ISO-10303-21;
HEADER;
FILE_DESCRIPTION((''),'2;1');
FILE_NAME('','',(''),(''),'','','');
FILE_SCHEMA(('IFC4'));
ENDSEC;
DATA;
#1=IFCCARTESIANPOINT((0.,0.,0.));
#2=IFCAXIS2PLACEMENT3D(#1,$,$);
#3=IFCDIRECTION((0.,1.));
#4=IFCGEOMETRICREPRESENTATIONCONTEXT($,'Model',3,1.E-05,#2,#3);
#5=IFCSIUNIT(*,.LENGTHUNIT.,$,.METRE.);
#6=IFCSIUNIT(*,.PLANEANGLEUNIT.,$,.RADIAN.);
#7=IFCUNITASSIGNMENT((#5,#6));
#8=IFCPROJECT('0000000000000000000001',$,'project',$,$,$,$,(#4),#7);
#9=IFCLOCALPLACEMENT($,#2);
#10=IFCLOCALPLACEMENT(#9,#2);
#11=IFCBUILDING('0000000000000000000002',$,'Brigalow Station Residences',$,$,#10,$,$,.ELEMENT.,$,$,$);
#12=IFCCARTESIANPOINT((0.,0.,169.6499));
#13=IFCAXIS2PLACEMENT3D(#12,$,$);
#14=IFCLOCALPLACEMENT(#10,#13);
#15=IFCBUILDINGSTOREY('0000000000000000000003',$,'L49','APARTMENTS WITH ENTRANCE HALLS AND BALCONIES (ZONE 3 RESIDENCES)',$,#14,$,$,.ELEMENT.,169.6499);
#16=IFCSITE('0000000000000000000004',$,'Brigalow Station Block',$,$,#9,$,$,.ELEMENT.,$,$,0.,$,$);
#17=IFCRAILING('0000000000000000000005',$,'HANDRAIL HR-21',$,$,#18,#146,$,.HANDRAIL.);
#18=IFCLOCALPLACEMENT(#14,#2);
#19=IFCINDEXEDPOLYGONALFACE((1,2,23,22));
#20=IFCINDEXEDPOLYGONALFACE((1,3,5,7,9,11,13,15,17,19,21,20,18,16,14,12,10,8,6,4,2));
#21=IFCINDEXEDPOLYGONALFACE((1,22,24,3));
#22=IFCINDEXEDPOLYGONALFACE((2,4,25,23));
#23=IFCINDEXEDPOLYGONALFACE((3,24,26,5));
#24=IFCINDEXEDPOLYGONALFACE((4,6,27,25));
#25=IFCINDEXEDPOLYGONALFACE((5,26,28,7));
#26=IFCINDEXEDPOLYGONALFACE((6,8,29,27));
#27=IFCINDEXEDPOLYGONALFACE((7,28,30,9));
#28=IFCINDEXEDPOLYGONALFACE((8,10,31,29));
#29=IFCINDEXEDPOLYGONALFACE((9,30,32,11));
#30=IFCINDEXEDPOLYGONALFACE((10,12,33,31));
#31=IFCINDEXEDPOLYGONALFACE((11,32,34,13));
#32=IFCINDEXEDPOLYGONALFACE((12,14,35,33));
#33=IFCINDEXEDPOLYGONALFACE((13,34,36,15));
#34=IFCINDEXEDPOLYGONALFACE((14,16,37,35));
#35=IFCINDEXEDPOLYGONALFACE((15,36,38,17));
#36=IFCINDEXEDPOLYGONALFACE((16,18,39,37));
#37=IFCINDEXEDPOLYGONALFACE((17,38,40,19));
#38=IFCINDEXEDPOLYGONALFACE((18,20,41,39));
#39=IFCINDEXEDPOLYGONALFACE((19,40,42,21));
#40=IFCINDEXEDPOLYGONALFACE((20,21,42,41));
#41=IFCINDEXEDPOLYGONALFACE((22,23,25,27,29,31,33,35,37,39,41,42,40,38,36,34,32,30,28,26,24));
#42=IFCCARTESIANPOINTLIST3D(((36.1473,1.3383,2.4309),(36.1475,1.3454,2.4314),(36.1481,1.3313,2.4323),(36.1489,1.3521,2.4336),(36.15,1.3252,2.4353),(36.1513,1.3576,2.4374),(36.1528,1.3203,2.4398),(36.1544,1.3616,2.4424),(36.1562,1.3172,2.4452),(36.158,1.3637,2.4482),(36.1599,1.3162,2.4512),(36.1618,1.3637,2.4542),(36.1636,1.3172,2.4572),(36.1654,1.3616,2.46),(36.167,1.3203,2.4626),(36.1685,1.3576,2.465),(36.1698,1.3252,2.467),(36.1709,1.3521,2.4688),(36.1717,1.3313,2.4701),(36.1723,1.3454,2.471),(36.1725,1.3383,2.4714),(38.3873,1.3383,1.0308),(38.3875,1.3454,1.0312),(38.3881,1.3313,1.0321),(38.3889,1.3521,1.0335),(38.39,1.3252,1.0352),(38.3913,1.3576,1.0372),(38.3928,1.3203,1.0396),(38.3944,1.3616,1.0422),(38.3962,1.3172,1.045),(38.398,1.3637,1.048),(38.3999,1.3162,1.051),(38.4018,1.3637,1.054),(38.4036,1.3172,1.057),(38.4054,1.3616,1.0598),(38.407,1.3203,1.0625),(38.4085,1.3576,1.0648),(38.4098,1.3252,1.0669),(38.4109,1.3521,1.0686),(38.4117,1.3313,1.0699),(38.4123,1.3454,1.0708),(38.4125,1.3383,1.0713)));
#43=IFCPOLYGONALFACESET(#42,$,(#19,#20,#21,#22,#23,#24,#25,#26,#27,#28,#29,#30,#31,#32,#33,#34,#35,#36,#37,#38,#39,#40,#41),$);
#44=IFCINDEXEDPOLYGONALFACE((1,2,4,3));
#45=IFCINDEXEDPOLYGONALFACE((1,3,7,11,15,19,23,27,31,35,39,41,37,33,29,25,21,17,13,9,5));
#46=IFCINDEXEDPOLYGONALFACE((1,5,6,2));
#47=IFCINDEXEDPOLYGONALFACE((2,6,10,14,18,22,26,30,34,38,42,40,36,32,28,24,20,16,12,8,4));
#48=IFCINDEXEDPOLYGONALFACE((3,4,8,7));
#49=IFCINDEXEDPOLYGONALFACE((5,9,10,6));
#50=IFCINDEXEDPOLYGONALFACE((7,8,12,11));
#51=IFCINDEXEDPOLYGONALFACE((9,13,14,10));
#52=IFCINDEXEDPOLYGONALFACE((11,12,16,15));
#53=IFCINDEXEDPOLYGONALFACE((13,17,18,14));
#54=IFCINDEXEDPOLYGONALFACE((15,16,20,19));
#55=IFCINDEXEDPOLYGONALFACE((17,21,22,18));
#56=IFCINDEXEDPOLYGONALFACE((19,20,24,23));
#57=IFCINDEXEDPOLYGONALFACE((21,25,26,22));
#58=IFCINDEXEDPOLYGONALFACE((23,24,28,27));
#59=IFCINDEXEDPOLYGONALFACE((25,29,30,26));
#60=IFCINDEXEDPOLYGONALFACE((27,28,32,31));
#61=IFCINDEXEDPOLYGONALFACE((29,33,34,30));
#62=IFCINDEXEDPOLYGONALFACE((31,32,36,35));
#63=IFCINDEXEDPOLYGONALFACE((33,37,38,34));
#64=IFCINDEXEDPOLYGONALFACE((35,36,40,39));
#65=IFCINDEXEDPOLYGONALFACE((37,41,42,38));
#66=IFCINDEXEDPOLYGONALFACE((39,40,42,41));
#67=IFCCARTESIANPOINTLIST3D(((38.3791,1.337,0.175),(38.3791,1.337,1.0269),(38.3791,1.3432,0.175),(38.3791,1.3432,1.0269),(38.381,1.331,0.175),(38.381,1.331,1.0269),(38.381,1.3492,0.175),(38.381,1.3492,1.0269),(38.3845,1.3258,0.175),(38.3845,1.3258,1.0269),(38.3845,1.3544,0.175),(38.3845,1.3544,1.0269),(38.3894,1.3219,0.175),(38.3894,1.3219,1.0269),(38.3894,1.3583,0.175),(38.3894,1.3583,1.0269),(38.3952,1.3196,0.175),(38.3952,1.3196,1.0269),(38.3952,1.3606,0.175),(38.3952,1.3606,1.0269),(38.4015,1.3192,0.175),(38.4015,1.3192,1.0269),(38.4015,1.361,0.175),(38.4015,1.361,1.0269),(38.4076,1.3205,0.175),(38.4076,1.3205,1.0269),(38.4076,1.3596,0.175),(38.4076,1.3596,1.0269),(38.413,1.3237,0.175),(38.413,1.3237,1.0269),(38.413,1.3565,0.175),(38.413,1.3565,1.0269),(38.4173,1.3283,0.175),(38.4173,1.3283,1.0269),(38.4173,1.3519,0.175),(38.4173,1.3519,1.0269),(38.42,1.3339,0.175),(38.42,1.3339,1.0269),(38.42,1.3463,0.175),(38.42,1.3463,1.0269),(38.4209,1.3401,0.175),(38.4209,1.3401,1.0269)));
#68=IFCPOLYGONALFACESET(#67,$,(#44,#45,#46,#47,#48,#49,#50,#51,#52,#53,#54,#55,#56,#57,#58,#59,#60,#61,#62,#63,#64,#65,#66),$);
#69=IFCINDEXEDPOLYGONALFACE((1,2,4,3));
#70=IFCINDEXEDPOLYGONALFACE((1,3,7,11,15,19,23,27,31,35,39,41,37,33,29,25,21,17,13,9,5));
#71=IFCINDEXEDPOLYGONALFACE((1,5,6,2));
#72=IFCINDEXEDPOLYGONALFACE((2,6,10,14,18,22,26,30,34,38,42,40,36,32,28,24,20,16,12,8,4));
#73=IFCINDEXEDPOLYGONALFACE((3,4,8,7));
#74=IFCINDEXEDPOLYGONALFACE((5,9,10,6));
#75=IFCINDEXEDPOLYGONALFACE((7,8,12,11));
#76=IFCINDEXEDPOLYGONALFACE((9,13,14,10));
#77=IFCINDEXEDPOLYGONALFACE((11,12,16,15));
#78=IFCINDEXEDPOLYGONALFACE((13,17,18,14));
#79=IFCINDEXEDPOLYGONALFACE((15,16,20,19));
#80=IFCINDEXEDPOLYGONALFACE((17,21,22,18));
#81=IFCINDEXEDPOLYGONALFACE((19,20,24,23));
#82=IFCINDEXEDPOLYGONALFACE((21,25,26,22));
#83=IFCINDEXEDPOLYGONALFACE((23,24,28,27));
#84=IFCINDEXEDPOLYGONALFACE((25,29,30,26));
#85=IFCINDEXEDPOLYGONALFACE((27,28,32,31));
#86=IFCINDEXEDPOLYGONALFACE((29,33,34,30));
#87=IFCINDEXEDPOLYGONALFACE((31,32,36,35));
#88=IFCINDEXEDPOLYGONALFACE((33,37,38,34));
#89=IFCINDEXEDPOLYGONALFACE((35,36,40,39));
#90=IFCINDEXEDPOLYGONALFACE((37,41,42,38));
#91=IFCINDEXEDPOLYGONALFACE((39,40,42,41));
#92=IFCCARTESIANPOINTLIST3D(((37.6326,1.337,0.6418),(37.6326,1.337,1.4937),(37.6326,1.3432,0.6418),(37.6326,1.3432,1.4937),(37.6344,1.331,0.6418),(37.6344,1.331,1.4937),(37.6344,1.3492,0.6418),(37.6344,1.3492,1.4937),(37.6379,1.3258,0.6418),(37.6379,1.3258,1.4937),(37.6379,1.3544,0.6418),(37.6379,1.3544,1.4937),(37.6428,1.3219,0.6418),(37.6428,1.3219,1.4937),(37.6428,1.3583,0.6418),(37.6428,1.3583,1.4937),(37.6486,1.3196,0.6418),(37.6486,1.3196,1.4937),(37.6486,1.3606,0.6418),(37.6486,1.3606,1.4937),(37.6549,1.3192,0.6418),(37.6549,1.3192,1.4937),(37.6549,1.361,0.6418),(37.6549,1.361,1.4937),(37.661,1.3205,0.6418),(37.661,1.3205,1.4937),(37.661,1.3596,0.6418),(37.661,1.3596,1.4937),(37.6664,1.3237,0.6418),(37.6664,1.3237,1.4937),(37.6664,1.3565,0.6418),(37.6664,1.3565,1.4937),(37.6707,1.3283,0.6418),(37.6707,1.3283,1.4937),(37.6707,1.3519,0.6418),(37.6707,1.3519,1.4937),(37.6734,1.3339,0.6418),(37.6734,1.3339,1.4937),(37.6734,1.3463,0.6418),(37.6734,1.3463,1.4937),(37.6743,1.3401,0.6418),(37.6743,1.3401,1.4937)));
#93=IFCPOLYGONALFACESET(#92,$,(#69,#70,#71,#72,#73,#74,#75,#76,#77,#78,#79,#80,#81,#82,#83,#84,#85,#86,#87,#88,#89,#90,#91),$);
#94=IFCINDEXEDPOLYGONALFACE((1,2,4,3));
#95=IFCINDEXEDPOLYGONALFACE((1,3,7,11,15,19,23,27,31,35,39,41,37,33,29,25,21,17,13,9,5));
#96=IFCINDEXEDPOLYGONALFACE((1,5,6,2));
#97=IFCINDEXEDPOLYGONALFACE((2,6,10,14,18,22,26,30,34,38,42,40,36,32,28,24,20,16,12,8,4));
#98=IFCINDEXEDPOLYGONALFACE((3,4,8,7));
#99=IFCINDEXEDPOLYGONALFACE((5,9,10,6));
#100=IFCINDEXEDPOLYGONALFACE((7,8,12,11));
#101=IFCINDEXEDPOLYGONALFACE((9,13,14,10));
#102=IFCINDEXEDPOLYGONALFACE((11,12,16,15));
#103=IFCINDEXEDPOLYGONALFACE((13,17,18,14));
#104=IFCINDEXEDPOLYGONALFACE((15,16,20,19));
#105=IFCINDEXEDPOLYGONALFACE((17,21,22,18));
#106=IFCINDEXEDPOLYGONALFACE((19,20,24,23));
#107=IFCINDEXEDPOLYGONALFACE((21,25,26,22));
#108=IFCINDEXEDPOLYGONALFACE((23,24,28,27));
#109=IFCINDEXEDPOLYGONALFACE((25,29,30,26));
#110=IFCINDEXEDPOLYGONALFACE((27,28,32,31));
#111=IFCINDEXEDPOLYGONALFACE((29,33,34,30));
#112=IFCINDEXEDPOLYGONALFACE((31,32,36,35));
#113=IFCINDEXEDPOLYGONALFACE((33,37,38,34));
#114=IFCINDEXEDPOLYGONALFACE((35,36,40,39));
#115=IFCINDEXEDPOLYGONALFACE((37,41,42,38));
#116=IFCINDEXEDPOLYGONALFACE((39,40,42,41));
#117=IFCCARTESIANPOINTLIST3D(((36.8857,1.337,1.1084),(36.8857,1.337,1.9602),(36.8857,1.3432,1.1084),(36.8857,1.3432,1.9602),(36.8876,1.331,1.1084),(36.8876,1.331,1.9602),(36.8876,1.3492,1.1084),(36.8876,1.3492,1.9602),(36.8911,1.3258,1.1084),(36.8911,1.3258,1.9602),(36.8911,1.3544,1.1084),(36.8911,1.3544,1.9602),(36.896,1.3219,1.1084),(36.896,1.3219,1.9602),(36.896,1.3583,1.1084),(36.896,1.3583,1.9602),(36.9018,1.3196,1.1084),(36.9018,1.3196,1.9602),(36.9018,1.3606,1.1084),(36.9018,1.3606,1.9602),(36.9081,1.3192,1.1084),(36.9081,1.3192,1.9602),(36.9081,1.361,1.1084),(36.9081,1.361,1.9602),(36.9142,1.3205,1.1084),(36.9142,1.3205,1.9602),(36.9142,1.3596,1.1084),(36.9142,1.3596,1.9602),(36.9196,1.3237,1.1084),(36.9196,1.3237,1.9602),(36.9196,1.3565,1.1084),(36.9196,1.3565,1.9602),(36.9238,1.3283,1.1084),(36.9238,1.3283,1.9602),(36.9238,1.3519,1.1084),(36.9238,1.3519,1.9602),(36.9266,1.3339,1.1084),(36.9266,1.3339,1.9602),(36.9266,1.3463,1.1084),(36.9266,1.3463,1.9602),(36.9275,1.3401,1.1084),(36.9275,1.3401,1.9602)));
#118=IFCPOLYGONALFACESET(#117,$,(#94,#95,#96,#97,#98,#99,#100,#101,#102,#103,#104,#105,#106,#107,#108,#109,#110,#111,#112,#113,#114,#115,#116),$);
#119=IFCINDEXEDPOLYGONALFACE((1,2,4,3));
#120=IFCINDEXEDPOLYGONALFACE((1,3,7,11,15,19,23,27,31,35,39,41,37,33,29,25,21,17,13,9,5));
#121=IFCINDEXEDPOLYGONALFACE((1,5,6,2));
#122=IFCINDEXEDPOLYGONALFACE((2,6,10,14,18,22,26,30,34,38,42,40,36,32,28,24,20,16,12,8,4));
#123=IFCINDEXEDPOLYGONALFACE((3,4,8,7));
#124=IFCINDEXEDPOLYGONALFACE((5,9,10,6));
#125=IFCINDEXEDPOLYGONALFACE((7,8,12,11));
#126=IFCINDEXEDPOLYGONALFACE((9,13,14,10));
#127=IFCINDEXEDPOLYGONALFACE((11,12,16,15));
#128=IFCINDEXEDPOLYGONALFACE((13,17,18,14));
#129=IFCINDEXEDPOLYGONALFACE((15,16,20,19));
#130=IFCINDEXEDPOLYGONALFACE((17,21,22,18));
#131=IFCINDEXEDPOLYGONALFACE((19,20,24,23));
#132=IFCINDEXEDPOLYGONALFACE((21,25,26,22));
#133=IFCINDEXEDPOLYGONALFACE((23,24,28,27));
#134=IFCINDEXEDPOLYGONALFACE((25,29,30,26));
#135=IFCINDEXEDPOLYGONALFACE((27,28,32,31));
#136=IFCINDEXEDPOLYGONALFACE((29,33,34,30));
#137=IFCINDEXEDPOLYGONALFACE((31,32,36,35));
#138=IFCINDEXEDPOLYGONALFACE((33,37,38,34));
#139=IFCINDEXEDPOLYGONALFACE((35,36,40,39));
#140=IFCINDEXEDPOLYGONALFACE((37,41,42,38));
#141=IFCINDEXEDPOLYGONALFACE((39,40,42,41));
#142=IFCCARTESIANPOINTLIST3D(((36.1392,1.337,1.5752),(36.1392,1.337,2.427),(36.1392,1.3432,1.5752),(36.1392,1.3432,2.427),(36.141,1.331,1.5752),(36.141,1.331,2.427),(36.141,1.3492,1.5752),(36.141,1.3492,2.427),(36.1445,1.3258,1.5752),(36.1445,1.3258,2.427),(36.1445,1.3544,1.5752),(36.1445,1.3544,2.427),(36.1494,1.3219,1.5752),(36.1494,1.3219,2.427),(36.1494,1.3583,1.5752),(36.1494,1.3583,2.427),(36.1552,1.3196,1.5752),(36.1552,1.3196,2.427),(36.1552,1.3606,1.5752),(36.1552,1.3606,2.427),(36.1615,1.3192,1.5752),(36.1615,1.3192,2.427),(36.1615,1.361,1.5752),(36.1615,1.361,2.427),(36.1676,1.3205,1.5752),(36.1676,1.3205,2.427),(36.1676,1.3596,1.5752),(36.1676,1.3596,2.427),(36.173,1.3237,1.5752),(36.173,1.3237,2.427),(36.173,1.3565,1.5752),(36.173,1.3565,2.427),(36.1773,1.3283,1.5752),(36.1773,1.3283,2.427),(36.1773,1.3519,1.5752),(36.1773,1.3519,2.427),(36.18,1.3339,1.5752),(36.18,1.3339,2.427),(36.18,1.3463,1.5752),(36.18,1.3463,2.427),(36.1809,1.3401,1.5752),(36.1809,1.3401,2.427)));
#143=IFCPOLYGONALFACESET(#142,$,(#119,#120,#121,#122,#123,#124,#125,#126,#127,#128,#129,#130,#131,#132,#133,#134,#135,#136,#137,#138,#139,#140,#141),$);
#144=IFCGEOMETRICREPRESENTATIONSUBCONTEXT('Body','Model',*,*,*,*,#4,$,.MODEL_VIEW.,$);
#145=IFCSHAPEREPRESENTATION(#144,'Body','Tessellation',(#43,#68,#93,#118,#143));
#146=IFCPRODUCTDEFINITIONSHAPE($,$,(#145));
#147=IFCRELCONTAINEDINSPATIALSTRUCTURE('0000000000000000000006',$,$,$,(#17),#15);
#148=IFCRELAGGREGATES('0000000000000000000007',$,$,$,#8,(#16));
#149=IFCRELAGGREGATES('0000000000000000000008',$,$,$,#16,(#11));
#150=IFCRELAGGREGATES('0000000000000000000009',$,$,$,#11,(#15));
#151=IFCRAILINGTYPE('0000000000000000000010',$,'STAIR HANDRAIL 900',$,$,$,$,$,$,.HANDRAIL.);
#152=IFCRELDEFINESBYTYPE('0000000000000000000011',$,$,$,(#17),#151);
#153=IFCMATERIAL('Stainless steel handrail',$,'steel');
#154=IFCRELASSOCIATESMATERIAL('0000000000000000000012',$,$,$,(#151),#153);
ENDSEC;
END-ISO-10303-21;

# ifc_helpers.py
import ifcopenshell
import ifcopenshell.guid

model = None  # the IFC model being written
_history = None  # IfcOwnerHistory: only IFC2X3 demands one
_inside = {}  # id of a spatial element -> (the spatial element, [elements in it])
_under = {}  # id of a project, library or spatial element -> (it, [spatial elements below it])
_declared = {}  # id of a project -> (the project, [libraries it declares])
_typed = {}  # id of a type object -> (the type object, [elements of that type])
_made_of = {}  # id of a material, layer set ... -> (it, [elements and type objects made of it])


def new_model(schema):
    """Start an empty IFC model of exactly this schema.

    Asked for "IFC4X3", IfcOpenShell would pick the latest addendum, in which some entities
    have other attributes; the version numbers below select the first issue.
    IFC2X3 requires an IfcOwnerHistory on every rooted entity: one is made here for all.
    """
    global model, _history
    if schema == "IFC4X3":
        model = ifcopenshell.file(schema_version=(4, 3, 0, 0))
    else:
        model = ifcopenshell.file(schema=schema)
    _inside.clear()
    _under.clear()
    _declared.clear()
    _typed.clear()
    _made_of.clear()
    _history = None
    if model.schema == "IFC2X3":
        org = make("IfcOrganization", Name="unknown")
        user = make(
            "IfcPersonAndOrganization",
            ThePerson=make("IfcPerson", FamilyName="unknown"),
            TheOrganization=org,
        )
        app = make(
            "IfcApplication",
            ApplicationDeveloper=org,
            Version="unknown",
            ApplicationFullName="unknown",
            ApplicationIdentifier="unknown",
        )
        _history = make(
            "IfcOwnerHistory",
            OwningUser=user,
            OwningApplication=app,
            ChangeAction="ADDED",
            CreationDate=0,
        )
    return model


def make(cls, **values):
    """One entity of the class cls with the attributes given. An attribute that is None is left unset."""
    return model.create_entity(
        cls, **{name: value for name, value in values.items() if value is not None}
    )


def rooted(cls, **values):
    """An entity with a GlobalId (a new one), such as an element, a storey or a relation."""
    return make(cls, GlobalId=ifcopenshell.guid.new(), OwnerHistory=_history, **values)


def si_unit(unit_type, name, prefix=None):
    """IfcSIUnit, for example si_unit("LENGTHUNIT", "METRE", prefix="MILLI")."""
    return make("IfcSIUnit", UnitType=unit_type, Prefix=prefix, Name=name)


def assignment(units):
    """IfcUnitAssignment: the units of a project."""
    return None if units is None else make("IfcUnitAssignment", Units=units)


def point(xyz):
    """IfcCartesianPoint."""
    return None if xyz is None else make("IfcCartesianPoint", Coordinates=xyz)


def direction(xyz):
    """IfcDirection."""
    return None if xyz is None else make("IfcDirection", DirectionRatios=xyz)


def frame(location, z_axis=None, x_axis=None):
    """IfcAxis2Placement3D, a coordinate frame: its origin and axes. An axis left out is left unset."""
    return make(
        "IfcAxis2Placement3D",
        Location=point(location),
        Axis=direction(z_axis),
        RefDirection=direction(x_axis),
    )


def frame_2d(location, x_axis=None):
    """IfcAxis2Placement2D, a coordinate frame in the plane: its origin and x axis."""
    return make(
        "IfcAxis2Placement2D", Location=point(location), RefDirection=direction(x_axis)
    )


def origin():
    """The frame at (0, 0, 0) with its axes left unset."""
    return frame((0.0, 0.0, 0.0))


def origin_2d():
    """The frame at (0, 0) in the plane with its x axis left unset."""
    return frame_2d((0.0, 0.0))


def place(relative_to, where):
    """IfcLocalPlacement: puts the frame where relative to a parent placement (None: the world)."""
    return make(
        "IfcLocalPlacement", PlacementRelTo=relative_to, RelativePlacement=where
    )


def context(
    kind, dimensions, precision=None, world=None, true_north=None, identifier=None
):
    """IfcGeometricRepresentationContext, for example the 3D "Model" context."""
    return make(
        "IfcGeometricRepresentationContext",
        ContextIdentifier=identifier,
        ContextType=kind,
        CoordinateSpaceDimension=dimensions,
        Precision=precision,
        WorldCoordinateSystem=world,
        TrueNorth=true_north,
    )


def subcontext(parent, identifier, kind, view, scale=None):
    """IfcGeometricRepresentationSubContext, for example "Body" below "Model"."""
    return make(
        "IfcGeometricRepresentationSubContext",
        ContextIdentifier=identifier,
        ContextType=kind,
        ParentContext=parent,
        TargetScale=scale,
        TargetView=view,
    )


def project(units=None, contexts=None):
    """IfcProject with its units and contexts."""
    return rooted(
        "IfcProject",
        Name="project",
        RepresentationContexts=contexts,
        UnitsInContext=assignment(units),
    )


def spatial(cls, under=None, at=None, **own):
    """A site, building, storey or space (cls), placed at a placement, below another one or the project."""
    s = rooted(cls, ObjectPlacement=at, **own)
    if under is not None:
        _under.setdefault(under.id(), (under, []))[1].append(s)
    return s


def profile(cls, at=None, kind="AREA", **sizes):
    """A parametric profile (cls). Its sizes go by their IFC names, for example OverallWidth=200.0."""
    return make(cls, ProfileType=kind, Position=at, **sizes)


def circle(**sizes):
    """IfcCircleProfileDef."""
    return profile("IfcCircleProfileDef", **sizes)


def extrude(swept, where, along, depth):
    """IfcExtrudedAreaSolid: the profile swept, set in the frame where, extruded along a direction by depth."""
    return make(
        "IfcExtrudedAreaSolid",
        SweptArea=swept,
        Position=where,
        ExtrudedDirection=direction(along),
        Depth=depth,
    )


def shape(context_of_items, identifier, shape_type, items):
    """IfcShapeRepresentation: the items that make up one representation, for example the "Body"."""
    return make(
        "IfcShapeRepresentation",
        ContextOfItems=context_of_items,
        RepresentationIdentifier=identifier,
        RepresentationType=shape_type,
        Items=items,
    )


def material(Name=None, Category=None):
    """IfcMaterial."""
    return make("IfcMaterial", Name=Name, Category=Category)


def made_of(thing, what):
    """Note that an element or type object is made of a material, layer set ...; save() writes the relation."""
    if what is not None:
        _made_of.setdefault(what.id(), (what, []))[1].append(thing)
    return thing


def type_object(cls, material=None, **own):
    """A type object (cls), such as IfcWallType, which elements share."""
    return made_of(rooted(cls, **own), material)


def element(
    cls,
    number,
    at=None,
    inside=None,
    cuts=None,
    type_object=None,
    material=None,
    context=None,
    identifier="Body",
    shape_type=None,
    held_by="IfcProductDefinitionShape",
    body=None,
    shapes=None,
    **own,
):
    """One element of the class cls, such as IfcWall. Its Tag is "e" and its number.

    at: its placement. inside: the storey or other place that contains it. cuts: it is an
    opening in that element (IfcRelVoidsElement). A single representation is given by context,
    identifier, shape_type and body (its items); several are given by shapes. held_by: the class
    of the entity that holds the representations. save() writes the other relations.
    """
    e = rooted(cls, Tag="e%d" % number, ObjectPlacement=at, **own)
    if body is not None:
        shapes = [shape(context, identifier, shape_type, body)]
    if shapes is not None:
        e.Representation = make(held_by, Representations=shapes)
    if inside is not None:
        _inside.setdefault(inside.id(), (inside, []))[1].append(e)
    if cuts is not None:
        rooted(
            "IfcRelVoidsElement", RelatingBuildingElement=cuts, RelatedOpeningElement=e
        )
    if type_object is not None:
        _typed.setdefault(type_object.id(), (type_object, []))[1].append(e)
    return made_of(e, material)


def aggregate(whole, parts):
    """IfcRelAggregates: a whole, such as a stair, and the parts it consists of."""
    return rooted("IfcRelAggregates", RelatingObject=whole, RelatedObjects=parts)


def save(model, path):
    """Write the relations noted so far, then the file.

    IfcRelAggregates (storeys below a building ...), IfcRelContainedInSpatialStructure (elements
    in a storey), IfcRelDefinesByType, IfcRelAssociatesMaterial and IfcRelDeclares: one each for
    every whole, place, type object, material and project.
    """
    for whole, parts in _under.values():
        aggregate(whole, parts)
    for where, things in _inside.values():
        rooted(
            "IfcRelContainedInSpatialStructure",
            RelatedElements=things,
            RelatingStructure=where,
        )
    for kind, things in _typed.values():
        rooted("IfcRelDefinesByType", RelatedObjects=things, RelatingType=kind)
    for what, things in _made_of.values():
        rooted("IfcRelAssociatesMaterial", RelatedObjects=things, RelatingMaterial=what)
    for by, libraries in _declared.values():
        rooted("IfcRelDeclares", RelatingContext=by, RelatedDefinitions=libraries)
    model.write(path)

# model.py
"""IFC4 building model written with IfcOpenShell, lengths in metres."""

from ifc_helpers import new_model, si_unit, direction, frame, origin, origin_2d, place, context, subcontext, project, spatial, circle, extrude, material, type_object, element, save


model = new_model("IFC4")

# Units and contexts
model_context = context("Model", 3, precision=1e-05, world=origin(), true_north=direction((0.0, 1.0)))
body_context = subcontext(model_context, "Body", "Model", "MODEL_VIEW")
ifc_project = project(units=[si_unit("LENGTHUNIT", "METRE"), si_unit("PLANEANGLEUNIT", "RADIAN")], contexts=[model_context])

# Site, building, storey
site_placement = place(None, origin())
site = spatial("IfcSite", under=ifc_project, at=site_placement, Name="Brigalow Station Block", CompositionType="ELEMENT", RefElevation=0.0)
building_placement = place(site_placement, origin())
building = spatial("IfcBuilding", under=site, at=building_placement, Name="Brigalow Station Residences", CompositionType="ELEMENT")
storey_placement = place(building_placement, frame((0.0, 0.0, 169.6499)))
storey = spatial("IfcBuildingStorey", under=building, at=storey_placement, Name="L49", Description="APARTMENTS WITH ENTRANCE HALLS AND BALCONIES (ZONE 3 RESIDENCES)", CompositionType="ELEMENT", Elevation=169.6499)

# Railing
ifc_material_1 = material(Name="Stainless steel handrail", Category="steel")
railing_type_1 = type_object("IfcRailingType", Name="STAIR HANDRAIL 900", PredefinedType="HANDRAIL", material=ifc_material_1)
railing_1_placement = place(storey_placement, frame((38.3999, 1.3401, 0.175)))
element("IfcRailing", 1, at=railing_1_placement, inside=storey, type_object=railing_type_1, Name="HANDRAIL HR-21", PredefinedType="HANDRAIL", context=body_context, shape_type="SweptSolid", body=[
    extrude(circle(Radius=0.0239, at=origin_2d()), frame((0.0, 0.0, 0.876), z_axis=(-0.847972, 0.0, 0.53004), x_axis=(0.0, -1.0, 0.0)), (0.0, 0.0, 1.0), 2.6416),
    extrude(circle(Radius=0.021, at=origin_2d()), origin(), (0.0, 0.0, 1.0), 0.8518),
    extrude(circle(Radius=0.021, at=origin_2d()), frame((-0.7466, 0.0, 0.4668)), (0.0, 0.0, 1.0), 0.8518),
    extrude(circle(Radius=0.021, at=origin_2d()), frame((-1.4934, 0.0, 0.9333)), (0.0, 0.0, 1.0), 0.8518),
    extrude(circle(Radius=0.021, at=origin_2d()), frame((-2.24, 0.0, 1.4001)), (0.0, 0.0, 1.0), 0.8518),
])

save(model, "model.ifc")
